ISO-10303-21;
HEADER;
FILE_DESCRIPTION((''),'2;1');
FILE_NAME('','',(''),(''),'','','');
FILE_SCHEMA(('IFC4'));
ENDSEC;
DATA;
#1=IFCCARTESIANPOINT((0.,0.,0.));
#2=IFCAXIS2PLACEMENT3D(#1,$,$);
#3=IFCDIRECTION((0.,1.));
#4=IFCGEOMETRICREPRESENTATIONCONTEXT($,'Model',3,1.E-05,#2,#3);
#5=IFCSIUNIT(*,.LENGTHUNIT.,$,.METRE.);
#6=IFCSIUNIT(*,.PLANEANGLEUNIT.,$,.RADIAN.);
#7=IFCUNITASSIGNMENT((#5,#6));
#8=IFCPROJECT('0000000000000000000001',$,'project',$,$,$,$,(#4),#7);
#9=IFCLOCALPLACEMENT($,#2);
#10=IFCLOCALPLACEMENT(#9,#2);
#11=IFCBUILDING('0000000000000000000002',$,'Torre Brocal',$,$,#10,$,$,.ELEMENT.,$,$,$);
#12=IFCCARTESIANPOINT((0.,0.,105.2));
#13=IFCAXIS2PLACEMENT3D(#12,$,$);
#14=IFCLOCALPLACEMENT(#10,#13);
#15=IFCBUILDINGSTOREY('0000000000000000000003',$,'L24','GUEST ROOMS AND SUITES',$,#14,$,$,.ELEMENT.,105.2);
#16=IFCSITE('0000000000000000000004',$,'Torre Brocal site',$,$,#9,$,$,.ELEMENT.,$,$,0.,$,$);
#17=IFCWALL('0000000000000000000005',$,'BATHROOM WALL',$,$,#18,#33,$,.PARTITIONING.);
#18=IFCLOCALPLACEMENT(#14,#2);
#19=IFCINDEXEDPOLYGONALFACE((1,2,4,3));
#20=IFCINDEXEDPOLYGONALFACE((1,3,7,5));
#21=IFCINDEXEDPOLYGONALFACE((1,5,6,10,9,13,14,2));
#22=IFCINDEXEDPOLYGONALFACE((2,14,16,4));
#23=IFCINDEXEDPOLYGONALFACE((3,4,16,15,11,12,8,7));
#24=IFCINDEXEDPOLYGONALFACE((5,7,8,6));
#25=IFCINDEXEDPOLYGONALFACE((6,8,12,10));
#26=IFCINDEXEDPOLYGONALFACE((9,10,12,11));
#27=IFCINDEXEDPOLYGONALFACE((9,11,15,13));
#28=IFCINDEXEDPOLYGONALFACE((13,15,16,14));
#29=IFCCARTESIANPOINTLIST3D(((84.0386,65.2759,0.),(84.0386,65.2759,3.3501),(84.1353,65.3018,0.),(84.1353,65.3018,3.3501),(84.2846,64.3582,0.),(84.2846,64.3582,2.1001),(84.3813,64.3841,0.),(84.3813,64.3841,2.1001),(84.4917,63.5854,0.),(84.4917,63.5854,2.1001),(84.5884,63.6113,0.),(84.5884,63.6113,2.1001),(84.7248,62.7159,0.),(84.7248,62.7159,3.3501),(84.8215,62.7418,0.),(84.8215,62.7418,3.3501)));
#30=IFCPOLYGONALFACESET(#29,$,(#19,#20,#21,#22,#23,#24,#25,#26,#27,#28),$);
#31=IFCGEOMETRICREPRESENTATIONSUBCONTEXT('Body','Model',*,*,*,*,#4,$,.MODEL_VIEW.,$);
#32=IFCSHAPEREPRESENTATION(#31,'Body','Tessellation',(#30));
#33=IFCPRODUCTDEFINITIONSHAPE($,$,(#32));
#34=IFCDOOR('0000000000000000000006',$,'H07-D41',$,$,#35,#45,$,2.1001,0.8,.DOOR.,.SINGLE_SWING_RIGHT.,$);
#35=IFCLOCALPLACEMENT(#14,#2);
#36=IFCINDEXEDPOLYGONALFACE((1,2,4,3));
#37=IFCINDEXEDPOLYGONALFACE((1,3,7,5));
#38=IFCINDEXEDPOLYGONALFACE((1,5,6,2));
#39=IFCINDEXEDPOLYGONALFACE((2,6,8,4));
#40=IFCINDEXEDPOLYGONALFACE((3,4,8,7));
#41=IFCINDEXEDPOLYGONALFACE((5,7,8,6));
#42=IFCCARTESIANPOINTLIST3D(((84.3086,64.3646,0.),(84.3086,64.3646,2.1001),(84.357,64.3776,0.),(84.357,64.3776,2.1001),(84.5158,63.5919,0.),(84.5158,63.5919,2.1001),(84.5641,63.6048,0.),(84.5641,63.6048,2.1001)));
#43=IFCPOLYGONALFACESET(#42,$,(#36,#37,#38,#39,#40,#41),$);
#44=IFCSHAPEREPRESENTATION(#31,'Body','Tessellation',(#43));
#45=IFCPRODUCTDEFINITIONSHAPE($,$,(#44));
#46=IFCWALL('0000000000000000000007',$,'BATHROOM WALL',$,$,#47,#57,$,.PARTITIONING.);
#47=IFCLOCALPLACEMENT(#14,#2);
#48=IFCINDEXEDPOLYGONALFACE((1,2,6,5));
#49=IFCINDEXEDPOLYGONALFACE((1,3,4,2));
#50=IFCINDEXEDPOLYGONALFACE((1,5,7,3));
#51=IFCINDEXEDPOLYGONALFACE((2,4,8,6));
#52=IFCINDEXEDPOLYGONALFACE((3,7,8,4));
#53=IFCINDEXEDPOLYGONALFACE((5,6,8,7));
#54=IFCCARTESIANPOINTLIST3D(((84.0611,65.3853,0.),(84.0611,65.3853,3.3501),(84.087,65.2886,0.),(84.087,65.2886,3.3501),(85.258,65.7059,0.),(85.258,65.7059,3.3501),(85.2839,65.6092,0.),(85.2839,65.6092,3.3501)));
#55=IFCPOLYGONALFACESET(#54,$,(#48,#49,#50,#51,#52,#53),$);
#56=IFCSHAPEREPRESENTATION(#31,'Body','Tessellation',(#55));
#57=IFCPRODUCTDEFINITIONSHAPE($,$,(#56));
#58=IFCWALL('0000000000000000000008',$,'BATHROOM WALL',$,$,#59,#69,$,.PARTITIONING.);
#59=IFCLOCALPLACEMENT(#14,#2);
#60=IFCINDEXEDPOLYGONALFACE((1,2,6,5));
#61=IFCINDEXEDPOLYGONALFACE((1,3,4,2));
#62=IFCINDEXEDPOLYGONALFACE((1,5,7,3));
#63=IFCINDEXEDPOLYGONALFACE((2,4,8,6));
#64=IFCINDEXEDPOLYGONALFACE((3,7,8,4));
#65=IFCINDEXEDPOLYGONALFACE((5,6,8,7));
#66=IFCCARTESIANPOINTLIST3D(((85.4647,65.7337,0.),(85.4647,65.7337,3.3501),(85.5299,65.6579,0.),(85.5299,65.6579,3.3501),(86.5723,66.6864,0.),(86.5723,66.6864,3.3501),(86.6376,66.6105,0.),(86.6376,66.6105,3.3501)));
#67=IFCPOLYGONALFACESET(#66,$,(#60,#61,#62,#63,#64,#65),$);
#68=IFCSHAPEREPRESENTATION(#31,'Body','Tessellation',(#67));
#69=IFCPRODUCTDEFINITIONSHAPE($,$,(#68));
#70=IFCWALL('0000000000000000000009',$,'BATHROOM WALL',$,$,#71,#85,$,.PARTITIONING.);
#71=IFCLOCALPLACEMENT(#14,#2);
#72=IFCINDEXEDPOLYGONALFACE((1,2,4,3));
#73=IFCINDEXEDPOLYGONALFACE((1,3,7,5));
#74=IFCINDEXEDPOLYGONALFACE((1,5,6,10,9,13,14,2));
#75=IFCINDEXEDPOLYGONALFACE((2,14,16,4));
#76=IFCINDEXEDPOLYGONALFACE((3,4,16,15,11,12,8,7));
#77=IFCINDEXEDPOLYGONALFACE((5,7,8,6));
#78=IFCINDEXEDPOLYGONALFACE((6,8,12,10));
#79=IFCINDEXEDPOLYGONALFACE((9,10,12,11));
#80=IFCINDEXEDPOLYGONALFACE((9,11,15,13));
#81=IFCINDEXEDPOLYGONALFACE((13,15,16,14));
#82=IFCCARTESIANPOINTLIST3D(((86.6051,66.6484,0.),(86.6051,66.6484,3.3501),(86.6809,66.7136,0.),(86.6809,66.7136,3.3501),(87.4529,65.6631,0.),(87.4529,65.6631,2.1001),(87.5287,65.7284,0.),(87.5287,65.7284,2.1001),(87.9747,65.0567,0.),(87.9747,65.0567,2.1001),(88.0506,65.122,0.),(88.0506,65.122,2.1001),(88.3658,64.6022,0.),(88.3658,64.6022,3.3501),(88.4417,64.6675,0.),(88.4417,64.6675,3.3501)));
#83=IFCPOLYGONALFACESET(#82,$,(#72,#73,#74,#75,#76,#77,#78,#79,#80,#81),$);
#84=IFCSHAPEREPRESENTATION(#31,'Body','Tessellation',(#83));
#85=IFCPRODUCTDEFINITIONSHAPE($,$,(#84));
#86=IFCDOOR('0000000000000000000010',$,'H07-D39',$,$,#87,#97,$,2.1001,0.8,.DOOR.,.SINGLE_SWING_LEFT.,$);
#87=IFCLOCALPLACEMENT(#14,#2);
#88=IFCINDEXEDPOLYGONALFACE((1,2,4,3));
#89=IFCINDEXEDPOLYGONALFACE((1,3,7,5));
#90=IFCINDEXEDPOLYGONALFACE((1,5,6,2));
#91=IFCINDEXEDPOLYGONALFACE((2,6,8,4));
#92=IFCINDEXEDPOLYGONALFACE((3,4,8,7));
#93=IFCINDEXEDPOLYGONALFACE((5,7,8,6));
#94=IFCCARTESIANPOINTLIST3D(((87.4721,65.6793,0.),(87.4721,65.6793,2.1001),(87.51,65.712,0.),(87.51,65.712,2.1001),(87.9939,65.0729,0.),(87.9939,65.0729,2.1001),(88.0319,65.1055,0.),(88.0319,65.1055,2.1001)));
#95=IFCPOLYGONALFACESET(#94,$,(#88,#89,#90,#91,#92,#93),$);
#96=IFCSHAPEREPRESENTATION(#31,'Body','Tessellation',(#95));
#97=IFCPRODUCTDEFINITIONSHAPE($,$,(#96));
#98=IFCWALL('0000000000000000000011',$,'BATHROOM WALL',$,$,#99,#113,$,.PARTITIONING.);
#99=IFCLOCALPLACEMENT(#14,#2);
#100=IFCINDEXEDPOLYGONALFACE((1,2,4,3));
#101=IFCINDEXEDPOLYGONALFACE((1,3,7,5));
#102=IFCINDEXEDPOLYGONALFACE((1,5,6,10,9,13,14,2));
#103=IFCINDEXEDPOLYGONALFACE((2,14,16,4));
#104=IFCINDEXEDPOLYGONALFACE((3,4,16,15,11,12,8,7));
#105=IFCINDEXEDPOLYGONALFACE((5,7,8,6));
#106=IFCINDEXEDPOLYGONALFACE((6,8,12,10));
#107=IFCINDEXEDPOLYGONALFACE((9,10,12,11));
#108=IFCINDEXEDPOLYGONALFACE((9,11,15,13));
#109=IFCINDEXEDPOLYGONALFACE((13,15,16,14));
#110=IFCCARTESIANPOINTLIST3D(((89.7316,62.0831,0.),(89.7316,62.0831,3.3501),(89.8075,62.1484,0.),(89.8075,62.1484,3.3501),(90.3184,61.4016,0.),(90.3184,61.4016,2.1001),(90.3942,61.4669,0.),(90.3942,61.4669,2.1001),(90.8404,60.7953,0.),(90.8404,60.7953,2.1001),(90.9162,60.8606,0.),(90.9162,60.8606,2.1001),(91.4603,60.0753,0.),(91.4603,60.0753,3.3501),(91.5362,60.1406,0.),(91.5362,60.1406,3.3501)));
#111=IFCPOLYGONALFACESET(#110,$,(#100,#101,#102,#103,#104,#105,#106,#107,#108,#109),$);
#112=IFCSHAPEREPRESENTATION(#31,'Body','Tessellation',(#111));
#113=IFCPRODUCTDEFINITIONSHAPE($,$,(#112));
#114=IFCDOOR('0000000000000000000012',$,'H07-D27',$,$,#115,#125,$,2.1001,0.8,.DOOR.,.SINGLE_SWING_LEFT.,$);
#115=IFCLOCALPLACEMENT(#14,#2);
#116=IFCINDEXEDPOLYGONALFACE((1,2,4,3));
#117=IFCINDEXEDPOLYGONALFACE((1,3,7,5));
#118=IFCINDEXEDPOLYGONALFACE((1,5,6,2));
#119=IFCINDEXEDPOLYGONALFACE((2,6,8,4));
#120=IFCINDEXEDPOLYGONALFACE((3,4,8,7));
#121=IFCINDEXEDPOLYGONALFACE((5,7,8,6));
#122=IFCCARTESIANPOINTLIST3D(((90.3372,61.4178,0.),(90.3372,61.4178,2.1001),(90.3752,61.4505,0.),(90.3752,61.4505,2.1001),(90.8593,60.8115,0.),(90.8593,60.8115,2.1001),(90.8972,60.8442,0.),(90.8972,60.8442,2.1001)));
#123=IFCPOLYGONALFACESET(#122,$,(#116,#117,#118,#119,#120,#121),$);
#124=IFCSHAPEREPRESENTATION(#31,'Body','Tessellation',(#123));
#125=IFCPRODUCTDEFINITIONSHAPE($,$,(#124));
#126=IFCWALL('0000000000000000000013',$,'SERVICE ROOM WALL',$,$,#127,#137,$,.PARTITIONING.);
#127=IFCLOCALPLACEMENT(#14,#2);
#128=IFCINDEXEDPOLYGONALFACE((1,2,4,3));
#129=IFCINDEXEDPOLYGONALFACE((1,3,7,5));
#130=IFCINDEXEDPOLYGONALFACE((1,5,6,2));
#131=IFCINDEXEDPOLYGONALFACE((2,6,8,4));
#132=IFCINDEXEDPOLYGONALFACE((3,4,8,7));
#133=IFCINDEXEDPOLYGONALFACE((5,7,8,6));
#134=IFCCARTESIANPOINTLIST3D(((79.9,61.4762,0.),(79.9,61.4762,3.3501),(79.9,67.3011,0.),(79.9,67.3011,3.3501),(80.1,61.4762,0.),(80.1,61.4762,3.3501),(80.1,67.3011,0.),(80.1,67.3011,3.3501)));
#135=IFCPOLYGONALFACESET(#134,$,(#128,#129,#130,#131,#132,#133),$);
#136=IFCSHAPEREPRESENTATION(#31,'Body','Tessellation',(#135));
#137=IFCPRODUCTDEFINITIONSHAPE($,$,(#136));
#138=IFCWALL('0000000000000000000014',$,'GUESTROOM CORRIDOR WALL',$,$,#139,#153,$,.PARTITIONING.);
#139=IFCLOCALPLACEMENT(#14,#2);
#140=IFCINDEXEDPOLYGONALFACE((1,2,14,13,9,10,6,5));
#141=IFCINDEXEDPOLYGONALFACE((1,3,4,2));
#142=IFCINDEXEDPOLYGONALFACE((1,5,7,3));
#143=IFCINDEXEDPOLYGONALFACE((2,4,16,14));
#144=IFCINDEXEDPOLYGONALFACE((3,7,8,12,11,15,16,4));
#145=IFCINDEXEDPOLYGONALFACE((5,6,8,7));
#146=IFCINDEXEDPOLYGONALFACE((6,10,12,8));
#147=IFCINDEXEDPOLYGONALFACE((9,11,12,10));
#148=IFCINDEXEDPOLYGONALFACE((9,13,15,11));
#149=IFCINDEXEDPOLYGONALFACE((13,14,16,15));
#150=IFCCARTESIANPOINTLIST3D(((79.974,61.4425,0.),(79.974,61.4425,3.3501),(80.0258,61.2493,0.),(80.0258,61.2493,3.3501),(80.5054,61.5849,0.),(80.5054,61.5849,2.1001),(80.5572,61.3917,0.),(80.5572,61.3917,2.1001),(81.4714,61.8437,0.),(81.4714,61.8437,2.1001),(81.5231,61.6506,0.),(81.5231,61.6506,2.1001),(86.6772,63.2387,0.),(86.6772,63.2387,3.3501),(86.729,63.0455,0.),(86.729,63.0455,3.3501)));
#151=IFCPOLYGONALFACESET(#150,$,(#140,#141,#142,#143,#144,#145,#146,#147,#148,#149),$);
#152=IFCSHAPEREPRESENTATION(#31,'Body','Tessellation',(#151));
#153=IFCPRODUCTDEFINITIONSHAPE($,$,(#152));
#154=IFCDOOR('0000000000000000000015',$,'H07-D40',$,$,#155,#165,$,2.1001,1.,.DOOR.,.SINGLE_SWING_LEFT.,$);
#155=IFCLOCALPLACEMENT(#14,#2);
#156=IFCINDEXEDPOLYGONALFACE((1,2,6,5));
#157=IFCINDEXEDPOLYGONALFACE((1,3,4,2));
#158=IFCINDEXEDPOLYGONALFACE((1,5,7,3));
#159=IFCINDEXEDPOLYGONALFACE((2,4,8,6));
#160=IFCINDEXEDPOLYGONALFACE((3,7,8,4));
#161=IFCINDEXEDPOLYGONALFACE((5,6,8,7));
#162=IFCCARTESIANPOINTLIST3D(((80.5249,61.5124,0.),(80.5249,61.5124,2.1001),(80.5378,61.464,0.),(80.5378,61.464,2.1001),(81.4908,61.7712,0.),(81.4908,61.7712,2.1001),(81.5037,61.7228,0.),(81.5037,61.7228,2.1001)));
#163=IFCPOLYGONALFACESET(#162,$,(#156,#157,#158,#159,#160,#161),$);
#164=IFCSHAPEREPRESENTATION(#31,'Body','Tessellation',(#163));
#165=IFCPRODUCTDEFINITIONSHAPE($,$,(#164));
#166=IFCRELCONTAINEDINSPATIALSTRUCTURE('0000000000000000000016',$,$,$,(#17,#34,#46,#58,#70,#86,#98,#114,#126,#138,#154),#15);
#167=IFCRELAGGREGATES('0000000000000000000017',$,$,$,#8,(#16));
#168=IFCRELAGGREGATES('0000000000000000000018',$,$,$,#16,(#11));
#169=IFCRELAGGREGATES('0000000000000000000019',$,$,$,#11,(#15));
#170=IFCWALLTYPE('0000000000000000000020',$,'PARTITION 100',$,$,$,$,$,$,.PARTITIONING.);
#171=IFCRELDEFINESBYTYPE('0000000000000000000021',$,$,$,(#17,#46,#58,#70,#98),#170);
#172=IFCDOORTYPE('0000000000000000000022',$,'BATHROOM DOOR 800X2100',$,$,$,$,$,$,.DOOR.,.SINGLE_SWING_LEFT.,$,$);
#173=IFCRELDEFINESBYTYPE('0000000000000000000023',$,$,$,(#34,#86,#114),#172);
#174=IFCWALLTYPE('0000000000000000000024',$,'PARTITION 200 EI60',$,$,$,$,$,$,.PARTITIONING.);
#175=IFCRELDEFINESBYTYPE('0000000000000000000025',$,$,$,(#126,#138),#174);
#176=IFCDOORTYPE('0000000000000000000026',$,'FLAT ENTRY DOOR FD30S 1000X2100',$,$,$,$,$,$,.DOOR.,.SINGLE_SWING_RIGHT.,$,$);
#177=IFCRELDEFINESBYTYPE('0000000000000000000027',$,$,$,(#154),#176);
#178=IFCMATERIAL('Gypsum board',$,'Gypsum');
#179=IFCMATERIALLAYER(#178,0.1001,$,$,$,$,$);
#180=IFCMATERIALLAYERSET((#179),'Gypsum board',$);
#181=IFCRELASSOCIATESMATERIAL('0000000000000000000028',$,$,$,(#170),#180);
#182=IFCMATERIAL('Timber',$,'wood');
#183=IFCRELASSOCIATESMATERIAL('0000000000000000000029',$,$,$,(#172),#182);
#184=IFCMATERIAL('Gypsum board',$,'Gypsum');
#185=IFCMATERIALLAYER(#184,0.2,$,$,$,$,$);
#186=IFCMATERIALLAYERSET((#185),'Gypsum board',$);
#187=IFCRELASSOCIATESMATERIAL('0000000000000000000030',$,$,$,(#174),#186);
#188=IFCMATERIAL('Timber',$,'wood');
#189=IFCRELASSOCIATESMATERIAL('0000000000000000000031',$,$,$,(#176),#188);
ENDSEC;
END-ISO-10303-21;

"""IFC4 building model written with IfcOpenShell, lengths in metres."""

from ifc_helpers import new_model, si_unit, direction, frame, frame_2d, origin, place, context, subcontext, project, spatial, rectangle, extrude, material, layer, layer_set, type_object, element, fill, save


model = new_model("IFC4")

# Units and contexts
model_context = context("Model", 3, precision=1e-05, world=origin(), true_north=direction((0.0, 1.0)))
body_context = subcontext(model_context, "Body", "Model", "MODEL_VIEW")
ifc_project = project(units=[si_unit("LENGTHUNIT", "METRE"), si_unit("PLANEANGLEUNIT", "RADIAN")], contexts=[model_context])

# Site, building, storey
site_placement = place(None, origin())
site = spatial("IfcSite", under=ifc_project, at=site_placement, Name="Torre Brocal site", CompositionType="ELEMENT", RefElevation=0.0)
building_placement = place(site_placement, origin())
building = spatial("IfcBuilding", under=site, at=building_placement, Name="Torre Brocal", CompositionType="ELEMENT")
storey_placement = place(building_placement, frame((0.0, 0.0, 105.2)))
storey = spatial("IfcBuildingStorey", under=building, at=storey_placement, Name="L24", Description="GUEST ROOMS AND SUITES", CompositionType="ELEMENT", Elevation=105.2)

# Wall, opening, door
ifc_material_1 = material(Name="Gypsum board", Category="Gypsum")
ifc_layer_1 = layer(ifc_material_1, 0.1001)
ifc_layer_set_1 = layer_set([ifc_layer_1], Name="Gypsum board")
wall_type_1 = type_object("IfcWallType", Name="PARTITION 100", PredefinedType="PARTITIONING", material=ifc_layer_set_1)
wall_1_placement = place(storey_placement, frame((84.0869, 65.2888, 0.0), z_axis=(0.0, 0.0, 1.0), x_axis=(0.258929, -0.965896, 0.0)))
wall_1 = element("IfcWall", 1, at=wall_1_placement, inside=storey, type_object=wall_type_1, Name="BATHROOM WALL", PredefinedType="PARTITIONING", context=body_context, shape_type="SweptSolid", body=[
    extrude(rectangle(XDim=2.6504, YDim=0.1001, at=frame_2d((1.3252, 0.0))), origin(), (0.0, 0.0, 1.0), 3.3501),
])
opening_1_placement = place(wall_1_placement, frame((0.9502, 0.0, 0.0)))
opening_1 = element("IfcOpeningElement", 2, at=opening_1_placement, cuts=wall_1, PredefinedType="OPENING", context=body_context, shape_type="SweptSolid", body=[
    extrude(rectangle(XDim=0.8, YDim=2.1001, at=frame_2d((0.3999, 1.05))), frame((0.0, 0.0601, 0.0), z_axis=(0.0, -1.0, 0.0), x_axis=(1.0, 0.0, 0.0)), (0.0, 0.0, 1.0), 0.1201),
])
ifc_material_2 = material(Name="Timber", Category="wood")
door_type_1 = type_object("IfcDoorType", Name="BATHROOM DOOR 800X2100", OperationType="SINGLE_SWING_LEFT", PredefinedType="DOOR", material=ifc_material_2)
door_1_placement = place(opening_1_placement, origin())
door_1 = element("IfcDoor", 3, at=door_1_placement, inside=storey, type_object=door_type_1, Name="H07-D41", OperationType="SINGLE_SWING_RIGHT", OverallHeight=2.1001, OverallWidth=0.8, PredefinedType="DOOR", context=body_context, shape_type="SweptSolid", body=[
    extrude(rectangle(XDim=0.8, YDim=2.1001, at=frame_2d((0.3999, 1.05))), frame((0.0, 0.0249, 0.0), z_axis=(0.0, -1.0, 0.0), x_axis=(1.0, 0.0, 0.0)), (0.0, 0.0, 1.0), 0.05),
])
fill(opening_1, door_1)

# Walls
wall_2_placement = place(storey_placement, frame((84.074, 65.3369, 0.0), z_axis=(0.0, 0.0, 1.0), x_axis=(0.96595, 0.25873, 0.0)))
element("IfcWall", 4, at=wall_2_placement, inside=storey, type_object=wall_type_1, Name="BATHROOM WALL", PredefinedType="PARTITIONING", context=body_context, shape_type="SweptSolid", body=[
    extrude(rectangle(XDim=1.239, YDim=0.1001, at=frame_2d((0.6196, 0.0))), origin(), (0.0, 0.0, 1.0), 3.3501),
])
wall_3_placement = place(storey_placement, frame((85.4973, 65.6958, 0.0), z_axis=(0.0, 0.0, 1.0), x_axis=(0.75817, 0.652057, 0.0)))
element("IfcWall", 5, at=wall_3_placement, inside=storey, type_object=wall_type_1, Name="BATHROOM WALL", PredefinedType="PARTITIONING", context=body_context, shape_type="SweptSolid", body=[
    extrude(rectangle(XDim=1.4609, YDim=0.1001, at=frame_2d((0.7305, 0.0))), origin(), (0.0, 0.0, 1.0), 3.3501),
])

# Walls, openings, doors
wall_4_placement = place(storey_placement, frame((86.6431, 66.6809, 0.0), z_axis=(0.0, 0.0, 1.0), x_axis=(0.652265, -0.757991, 0.0)))
wall_4 = element("IfcWall", 6, at=wall_4_placement, inside=storey, type_object=wall_type_1, Name="BATHROOM WALL", PredefinedType="PARTITIONING", context=body_context, shape_type="SweptSolid", body=[
    extrude(rectangle(XDim=2.6995, YDim=0.1001, at=frame_2d((1.3496, 0.0))), origin(), (0.0, 0.0, 1.0), 3.3501),
])
opening_2_placement = place(wall_4_placement, frame((1.2998, 0.0, 0.0)))
opening_2 = element("IfcOpeningElement", 7, at=opening_2_placement, cuts=wall_4, PredefinedType="OPENING", context=body_context, shape_type="SweptSolid", body=[
    extrude(rectangle(XDim=0.8, YDim=2.1001, at=frame_2d((0.3999, 1.05))), frame((0.0, 0.0601, 0.0), z_axis=(0.0, -1.0, 0.0), x_axis=(1.0, 0.0, 0.0)), (0.0, 0.0, 1.0), 0.1201),
])
door_2_placement = place(opening_2_placement, frame((0.8, 0.0, 0.0), z_axis=(0.0, 0.0, 1.0), x_axis=(-1.0, 0.0, 0.0)))
door_2 = element("IfcDoor", 8, at=door_2_placement, inside=storey, type_object=door_type_1, Name="H07-D39", OperationType="SINGLE_SWING_LEFT", OverallHeight=2.1001, OverallWidth=0.8, PredefinedType="DOOR", context=body_context, shape_type="SweptSolid", body=[
    extrude(rectangle(XDim=0.8, YDim=2.1001, at=frame_2d((0.3999, 1.05))), frame((0.0, 0.0249, 0.0), z_axis=(0.0, -1.0, 0.0), x_axis=(1.0, 0.0, 0.0)), (0.0, 0.0, 1.0), 0.05),
])
fill(opening_2, door_2)
wall_5_placement = place(storey_placement, frame((89.7695, 62.1157, 0.0), z_axis=(0.0, 0.0, 1.0), x_axis=(0.652482, -0.757804, 0.0)))
wall_5 = element("IfcWall", 9, at=wall_5_placement, inside=storey, type_object=wall_type_1, Name="BATHROOM WALL", PredefinedType="PARTITIONING", context=body_context, shape_type="SweptSolid", body=[
    extrude(rectangle(XDim=2.6494, YDim=0.1001, at=frame_2d((1.3247, 0.0))), origin(), (0.0, 0.0, 1.0), 3.3501),
])
opening_3_placement = place(wall_5_placement, frame((0.8994, 0.0, 0.0)))
opening_3 = element("IfcOpeningElement", 10, at=opening_3_placement, cuts=wall_5, PredefinedType="OPENING", context=body_context, shape_type="SweptSolid", body=[
    extrude(rectangle(XDim=0.8, YDim=2.1001, at=frame_2d((0.3999, 1.05))), frame((0.0, 0.0601, 0.0), z_axis=(0.0, -1.0, 0.0), x_axis=(1.0, 0.0, 0.0)), (0.0, 0.0, 1.0), 0.1201),
])
door_3_placement = place(opening_3_placement, origin())
door_3 = element("IfcDoor", 11, at=door_3_placement, inside=storey, type_object=door_type_1, Name="H07-D27", OperationType="SINGLE_SWING_LEFT", OverallHeight=2.1001, OverallWidth=0.8, PredefinedType="DOOR", context=body_context, shape_type="SweptSolid", body=[
    extrude(rectangle(XDim=0.8, YDim=2.1001, at=frame_2d((0.3999, 1.05))), frame((0.0, 0.0249, 0.0), z_axis=(0.0, -1.0, 0.0), x_axis=(1.0, 0.0, 0.0)), (0.0, 0.0, 1.0), 0.05),
])
fill(opening_3, door_3)

# Wall
ifc_material_3 = material(Name="Gypsum board", Category="Gypsum")
ifc_layer_2 = layer(ifc_material_3, 0.2)
ifc_layer_set_2 = layer_set([ifc_layer_2], Name="Gypsum board")
wall_type_2 = type_object("IfcWallType", Name="PARTITION 200 EI60", PredefinedType="PARTITIONING", material=ifc_layer_set_2)
wall_6_placement = place(storey_placement, frame((80.0, 61.4761, 0.0), z_axis=(0.0, 0.0, 1.0), x_axis=(0.0, 1.0, 0.0)))
element("IfcWall", 12, at=wall_6_placement, inside=storey, type_object=wall_type_2, Name="SERVICE ROOM WALL", PredefinedType="PARTITIONING", context=body_context, shape_type="SweptSolid", body=[
    extrude(rectangle(XDim=5.825, YDim=0.2, at=frame_2d((2.9126, 0.0))), origin(), (0.0, 0.0, 1.0), 3.3501),
])

# Wall, opening, door
wall_7_placement = place(storey_placement, frame((80.0, 61.3459, 0.0), z_axis=(0.0, 0.0, 1.0), x_axis=(0.965924, 0.258825, 0.0)))
wall_7 = element("IfcWall", 13, at=wall_7_placement, inside=storey, type_object=wall_type_2, Name="GUESTROOM CORRIDOR WALL", PredefinedType="PARTITIONING", context=body_context, shape_type="SweptSolid", body=[
    extrude(rectangle(XDim=6.9397, YDim=0.2, at=frame_2d((3.4697, 0.0))), origin(), (0.0, 0.0, 1.0), 3.3501),
])
opening_4_placement = place(wall_7_placement, frame((0.55, 0.0, 0.0)))
opening_4 = element("IfcOpeningElement", 14, at=opening_4_placement, cuts=wall_7, PredefinedType="OPENING", context=body_context, shape_type="SweptSolid", body=[
    extrude(rectangle(XDim=1.0, YDim=2.1001, at=frame_2d((0.5, 1.05))), frame((0.0, 0.1099, 0.0), z_axis=(0.0, -1.0, 0.0), x_axis=(1.0, 0.0, 0.0)), (0.0, 0.0, 1.0), 0.22),
])
ifc_material_4 = material(Name="Timber", Category="wood")
door_type_2 = type_object("IfcDoorType", Name="FLAT ENTRY DOOR FD30S 1000X2100", OperationType="SINGLE_SWING_RIGHT", PredefinedType="DOOR", material=ifc_material_4)
door_4_placement = place(opening_4_placement, origin())
door_4 = element("IfcDoor", 15, at=door_4_placement, inside=storey, type_object=door_type_2, Name="H07-D40", OperationType="SINGLE_SWING_LEFT", OverallHeight=2.1001, OverallWidth=1.0, PredefinedType="DOOR", context=body_context, shape_type="SweptSolid", body=[
    extrude(rectangle(XDim=1.0, YDim=2.1001, at=frame_2d((0.5, 1.05))), frame((0.0, 0.0249, 0.0), z_axis=(0.0, -1.0, 0.0), x_axis=(1.0, 0.0, 0.0)), (0.0, 0.0, 1.0), 0.05),
])
fill(opening_4, door_4)

save(model, "model.ifc")
